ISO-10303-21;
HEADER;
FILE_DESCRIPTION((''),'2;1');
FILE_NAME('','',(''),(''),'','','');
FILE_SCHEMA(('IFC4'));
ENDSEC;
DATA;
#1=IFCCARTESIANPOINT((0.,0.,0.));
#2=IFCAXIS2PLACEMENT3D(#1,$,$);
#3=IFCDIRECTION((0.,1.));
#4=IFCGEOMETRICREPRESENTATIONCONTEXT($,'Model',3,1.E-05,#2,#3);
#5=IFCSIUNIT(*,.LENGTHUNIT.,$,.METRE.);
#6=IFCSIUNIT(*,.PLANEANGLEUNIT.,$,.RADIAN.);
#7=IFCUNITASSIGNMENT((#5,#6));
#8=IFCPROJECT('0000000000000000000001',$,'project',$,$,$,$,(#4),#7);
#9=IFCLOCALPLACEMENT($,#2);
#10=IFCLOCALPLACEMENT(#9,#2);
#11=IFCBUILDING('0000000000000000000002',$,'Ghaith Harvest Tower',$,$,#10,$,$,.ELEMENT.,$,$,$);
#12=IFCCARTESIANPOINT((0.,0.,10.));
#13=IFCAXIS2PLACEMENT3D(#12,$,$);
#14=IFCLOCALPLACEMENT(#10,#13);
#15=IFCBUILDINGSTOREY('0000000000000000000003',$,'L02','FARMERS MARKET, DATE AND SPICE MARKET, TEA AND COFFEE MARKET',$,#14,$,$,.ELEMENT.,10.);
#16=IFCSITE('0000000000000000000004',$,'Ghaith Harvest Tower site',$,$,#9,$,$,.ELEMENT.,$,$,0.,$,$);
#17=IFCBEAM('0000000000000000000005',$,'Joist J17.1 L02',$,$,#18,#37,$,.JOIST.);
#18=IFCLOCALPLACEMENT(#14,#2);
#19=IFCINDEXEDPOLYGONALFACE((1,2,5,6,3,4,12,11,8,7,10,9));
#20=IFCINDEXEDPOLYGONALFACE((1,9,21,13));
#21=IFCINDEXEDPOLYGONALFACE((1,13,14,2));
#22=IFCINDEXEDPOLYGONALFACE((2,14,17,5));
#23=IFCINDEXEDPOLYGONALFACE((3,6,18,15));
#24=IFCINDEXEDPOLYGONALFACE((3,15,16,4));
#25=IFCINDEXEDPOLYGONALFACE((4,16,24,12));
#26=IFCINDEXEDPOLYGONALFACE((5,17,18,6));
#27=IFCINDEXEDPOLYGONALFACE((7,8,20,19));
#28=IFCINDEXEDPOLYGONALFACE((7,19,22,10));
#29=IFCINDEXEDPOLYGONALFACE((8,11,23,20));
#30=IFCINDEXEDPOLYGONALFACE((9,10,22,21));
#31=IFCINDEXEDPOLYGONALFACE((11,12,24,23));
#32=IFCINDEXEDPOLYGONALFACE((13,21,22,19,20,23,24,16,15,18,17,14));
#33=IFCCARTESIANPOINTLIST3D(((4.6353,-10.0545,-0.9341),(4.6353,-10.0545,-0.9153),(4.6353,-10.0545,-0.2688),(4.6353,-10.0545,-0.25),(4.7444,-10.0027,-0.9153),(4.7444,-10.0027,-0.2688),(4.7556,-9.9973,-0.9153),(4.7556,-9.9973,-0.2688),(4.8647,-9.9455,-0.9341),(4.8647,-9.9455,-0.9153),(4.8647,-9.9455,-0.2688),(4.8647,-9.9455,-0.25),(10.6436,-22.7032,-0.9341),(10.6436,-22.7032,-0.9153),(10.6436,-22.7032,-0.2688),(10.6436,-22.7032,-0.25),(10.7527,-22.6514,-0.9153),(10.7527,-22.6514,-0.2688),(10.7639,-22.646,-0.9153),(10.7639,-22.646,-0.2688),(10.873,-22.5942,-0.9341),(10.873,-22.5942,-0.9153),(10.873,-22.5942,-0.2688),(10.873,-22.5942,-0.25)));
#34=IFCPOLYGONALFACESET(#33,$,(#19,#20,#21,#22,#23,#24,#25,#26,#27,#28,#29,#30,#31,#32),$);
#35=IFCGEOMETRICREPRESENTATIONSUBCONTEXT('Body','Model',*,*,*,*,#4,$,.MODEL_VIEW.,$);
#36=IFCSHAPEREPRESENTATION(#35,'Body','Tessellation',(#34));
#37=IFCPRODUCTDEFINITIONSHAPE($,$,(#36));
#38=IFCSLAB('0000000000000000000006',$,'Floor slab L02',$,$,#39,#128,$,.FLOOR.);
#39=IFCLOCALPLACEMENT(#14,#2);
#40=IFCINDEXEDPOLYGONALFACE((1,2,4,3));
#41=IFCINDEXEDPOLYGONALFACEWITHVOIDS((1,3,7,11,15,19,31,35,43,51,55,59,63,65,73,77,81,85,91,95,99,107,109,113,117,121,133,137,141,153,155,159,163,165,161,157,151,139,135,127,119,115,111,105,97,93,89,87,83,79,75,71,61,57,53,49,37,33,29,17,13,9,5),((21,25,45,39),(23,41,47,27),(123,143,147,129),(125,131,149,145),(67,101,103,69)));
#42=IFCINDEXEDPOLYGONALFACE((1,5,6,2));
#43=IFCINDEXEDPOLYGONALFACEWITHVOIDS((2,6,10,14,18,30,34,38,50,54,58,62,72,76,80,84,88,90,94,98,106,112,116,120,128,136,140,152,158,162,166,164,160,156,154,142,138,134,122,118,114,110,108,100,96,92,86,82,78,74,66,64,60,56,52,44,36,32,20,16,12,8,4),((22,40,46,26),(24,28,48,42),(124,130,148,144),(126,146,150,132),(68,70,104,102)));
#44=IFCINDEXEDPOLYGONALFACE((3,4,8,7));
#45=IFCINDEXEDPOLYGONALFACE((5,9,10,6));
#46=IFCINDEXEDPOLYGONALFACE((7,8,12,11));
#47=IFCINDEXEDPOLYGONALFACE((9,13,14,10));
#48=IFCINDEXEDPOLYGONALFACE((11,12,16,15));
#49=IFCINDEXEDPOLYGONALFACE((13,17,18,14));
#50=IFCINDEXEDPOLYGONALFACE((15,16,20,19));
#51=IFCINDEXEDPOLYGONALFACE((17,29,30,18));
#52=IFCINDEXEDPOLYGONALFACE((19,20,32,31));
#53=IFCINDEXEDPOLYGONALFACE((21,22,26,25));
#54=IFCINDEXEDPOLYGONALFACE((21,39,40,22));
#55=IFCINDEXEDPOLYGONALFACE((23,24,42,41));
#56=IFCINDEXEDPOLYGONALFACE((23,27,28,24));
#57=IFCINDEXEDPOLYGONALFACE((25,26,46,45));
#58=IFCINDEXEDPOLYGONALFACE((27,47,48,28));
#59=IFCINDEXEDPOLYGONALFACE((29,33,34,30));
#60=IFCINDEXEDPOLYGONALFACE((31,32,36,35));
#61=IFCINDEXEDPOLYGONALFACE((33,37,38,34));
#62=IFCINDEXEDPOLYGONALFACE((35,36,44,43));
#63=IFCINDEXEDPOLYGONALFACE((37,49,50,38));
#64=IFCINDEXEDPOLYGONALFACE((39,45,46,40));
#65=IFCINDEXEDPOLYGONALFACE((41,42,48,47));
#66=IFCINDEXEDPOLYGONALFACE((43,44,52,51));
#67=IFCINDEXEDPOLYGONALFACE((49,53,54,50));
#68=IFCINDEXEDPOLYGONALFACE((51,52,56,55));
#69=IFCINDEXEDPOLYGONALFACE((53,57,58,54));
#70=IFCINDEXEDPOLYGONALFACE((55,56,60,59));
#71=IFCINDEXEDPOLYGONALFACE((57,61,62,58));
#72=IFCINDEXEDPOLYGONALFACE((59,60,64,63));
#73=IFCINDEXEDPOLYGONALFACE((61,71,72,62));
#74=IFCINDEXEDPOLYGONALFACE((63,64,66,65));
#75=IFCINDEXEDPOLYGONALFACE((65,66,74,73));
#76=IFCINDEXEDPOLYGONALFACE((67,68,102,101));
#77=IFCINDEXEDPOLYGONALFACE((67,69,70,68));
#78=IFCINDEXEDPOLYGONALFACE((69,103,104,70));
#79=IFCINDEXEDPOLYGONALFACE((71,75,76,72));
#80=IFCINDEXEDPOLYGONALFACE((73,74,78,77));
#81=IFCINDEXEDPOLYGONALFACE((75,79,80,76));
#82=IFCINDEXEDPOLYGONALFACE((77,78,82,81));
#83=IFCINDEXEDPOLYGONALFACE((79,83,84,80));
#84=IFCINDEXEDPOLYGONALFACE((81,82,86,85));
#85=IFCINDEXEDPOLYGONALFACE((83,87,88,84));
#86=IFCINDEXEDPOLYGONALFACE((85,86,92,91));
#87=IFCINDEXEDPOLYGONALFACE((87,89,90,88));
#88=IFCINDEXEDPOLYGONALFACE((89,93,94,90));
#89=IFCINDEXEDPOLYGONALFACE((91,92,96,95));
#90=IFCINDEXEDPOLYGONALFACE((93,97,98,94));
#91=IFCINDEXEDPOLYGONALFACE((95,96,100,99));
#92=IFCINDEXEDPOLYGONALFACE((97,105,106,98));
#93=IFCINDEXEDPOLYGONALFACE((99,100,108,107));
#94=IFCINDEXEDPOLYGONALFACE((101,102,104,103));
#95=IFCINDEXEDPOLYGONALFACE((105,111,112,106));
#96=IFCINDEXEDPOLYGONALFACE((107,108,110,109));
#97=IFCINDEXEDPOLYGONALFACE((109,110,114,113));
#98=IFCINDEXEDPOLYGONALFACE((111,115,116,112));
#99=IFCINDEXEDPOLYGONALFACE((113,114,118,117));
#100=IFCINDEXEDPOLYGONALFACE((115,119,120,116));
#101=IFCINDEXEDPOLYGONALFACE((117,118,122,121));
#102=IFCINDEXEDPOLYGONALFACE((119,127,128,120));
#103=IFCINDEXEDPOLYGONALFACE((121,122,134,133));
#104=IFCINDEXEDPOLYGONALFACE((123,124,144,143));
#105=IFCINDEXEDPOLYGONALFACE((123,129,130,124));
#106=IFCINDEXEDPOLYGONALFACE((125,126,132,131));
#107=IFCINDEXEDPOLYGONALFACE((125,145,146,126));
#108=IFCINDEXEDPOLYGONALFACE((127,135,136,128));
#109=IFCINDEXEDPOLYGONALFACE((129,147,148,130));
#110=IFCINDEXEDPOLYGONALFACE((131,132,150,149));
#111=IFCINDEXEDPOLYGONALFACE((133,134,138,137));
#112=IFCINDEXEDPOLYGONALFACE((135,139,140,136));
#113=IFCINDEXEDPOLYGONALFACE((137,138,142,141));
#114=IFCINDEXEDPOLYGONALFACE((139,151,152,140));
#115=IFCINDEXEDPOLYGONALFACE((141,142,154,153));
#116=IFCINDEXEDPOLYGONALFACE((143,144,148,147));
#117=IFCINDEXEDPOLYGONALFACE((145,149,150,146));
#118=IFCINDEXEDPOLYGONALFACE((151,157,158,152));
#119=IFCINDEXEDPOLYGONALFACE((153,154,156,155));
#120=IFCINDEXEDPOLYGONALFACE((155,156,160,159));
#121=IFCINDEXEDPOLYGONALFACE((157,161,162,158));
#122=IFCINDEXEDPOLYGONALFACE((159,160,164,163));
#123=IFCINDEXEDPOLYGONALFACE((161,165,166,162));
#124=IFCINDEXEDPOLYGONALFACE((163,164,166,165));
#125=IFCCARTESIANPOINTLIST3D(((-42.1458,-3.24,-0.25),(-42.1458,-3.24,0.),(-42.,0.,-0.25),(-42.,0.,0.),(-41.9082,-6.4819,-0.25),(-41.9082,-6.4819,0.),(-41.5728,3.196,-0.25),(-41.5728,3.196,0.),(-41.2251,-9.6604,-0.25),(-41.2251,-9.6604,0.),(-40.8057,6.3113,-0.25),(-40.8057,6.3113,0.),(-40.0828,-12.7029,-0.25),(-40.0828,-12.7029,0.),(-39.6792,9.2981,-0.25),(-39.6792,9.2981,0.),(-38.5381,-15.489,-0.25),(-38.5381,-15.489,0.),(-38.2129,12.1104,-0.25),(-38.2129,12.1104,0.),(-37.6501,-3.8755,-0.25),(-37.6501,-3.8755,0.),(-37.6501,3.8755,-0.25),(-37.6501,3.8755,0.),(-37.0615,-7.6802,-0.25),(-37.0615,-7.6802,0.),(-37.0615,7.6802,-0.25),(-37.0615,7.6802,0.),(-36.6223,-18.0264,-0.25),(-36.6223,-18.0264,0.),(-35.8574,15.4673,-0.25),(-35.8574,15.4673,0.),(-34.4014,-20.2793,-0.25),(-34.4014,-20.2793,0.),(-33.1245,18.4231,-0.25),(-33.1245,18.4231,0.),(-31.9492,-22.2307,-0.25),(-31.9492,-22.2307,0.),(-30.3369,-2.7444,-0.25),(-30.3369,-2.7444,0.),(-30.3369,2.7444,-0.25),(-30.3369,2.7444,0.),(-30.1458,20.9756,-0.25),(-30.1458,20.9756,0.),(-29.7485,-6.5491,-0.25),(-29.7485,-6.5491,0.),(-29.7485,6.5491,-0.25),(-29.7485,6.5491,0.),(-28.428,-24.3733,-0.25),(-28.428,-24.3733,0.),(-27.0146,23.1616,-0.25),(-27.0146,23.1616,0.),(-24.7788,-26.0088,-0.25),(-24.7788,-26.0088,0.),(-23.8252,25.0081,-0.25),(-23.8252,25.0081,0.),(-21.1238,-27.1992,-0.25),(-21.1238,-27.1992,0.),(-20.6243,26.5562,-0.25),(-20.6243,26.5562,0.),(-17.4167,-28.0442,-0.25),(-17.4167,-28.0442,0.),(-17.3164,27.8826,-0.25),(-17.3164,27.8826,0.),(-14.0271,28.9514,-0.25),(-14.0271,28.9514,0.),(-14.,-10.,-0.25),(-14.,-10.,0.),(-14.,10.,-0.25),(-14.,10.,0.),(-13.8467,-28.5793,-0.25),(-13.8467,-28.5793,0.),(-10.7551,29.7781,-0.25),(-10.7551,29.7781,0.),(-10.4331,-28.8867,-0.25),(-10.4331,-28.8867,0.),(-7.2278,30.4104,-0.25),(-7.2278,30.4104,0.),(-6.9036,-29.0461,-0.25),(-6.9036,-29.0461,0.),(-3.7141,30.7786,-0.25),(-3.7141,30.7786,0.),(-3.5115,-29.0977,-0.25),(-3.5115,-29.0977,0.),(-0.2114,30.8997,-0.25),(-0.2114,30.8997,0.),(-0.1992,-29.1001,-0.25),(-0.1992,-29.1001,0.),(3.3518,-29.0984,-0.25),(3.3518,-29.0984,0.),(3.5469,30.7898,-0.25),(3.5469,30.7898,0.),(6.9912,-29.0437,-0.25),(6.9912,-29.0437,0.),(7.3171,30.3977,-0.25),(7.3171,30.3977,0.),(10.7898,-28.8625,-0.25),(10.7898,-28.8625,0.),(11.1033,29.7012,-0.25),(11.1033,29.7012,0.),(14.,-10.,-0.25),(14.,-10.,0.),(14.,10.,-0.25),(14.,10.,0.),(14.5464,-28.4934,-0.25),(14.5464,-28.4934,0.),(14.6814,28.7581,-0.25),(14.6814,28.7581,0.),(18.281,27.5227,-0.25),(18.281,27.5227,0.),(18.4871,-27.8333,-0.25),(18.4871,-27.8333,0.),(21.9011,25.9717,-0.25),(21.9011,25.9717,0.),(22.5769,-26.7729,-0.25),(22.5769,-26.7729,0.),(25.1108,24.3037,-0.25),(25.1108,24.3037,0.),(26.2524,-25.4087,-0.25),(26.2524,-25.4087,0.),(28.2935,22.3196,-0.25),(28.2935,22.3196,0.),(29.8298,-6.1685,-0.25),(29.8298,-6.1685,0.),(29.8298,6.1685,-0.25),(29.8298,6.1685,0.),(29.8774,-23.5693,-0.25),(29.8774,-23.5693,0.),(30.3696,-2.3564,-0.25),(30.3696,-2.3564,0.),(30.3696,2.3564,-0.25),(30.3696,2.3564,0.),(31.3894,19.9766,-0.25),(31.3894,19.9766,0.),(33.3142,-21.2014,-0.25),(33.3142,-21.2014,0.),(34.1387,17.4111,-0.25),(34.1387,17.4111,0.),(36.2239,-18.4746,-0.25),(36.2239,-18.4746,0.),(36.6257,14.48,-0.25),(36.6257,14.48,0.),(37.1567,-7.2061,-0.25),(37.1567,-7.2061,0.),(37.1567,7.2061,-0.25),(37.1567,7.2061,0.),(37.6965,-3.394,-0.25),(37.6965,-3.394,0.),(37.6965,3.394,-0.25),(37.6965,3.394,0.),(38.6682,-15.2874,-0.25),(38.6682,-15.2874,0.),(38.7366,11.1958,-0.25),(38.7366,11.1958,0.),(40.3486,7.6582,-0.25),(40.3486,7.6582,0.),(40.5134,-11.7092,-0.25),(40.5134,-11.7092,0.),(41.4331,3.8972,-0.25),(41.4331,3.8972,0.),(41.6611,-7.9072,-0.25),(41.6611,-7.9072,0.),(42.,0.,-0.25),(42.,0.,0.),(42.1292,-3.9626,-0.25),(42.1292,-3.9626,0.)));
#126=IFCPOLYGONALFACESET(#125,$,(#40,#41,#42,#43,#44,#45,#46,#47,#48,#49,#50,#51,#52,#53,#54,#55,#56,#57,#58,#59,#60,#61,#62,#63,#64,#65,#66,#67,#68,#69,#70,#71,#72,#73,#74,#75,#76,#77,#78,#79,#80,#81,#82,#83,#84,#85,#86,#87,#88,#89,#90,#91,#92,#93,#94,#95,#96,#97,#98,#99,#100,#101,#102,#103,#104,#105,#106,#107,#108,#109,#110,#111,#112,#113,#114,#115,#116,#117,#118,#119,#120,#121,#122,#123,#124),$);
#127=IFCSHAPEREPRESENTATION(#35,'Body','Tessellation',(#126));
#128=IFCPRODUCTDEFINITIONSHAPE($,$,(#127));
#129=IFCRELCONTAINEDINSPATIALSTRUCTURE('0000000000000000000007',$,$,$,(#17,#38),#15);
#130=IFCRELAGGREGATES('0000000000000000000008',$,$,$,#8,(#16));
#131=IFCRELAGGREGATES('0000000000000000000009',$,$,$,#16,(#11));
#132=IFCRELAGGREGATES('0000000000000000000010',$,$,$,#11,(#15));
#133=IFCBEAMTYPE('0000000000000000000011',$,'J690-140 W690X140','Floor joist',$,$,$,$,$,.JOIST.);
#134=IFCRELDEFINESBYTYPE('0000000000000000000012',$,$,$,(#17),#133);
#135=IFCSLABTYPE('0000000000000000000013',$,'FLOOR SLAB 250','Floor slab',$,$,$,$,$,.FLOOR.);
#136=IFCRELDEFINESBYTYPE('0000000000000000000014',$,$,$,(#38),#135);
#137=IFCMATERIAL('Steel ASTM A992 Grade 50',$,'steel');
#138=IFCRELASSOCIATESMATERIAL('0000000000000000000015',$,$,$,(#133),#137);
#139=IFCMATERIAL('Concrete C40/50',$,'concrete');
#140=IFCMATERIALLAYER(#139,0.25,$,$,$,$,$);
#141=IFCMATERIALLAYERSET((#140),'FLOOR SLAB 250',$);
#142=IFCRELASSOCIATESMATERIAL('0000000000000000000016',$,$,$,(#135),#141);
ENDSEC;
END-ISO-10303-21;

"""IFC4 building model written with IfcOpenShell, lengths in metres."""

from ifc_helpers import new_model, si_unit, direction, frame, origin, origin_2d, place, context, subcontext, project, spatial, polyline, i_section, outline, extrude, material, layer, layer_set, material_profile, profile_set, type_object, element, save


model = new_model("IFC4")

# Units and contexts
model_context = context("Model", 3, precision=1e-05, world=origin(), true_north=direction((0.0, 1.0)))
body_context = subcontext(model_context, "Body", "Model", "MODEL_VIEW")
ifc_project = project(units=[si_unit("LENGTHUNIT", "METRE"), si_unit("PLANEANGLEUNIT", "RADIAN")], contexts=[model_context])

# Site, building, storey
site_placement = place(None, origin())
site = spatial("IfcSite", under=ifc_project, at=site_placement, Name="Ghaith Harvest Tower site", CompositionType="ELEMENT", RefElevation=0.0)
building_placement = place(site_placement, origin())
building = spatial("IfcBuilding", under=site, at=building_placement, Name="Ghaith Harvest Tower", CompositionType="ELEMENT")
storey_placement = place(building_placement, frame((0.0, 0.0, 10.0)))
storey = spatial("IfcBuildingStorey", under=building, at=storey_placement, Name="L02", Description="FARMERS MARKET, DATE AND SPICE MARKET, TEA AND COFFEE MARKET", CompositionType="ELEMENT", Elevation=10.0)

# Beam
ifc_material_1 = material(Name="Steel ASTM A992 Grade 50", Category="steel")
ifc_material_profile = material_profile(ifc_material_1, i_section(OverallWidth=0.2539, OverallDepth=0.6841, WebThickness=0.0125, FlangeThickness=0.0188, at=origin_2d()), Name="W690X140")
ifc_profile_set = profile_set([ifc_material_profile], Name="Steel ASTM A992 Grade 50")
beam_type = type_object("IfcBeamType", Name="J690-140 W690X140", Description="Floor joist", PredefinedType="JOIST", material=ifc_profile_set)
beam_placement = place(storey_placement, frame((4.75, -10.0, -0.592), z_axis=(0.429067, -0.903273, 0.0), x_axis=(0.903273, 0.429067, 0.0)))
element("IfcBeam", 1, at=beam_placement, inside=storey, type_object=beam_type, Name="Joist J17.1 L02", PredefinedType="JOIST", context=body_context, shape_type="SweptSolid", body=[
    extrude(i_section(OverallWidth=0.2539, OverallDepth=0.6841, WebThickness=0.0125, FlangeThickness=0.0188, at=origin_2d()), origin(), (0.0, 0.0, 1.0), 14.0032),
])

# Slab
ifc_material_2 = material(Name="Concrete C40/50", Category="concrete")
ifc_layer_1 = layer(ifc_material_2, 0.25)
ifc_layer_set_1 = layer_set([ifc_layer_1], Name="FLOOR SLAB 250")
slab_type_1 = type_object("IfcSlabType", Name="FLOOR SLAB 250", Description="Floor slab", PredefinedType="FLOOR", material=ifc_layer_set_1)
slab_1_placement = place(storey_placement, frame((0.0, 0.0, -0.25)))
element("IfcSlab", 2, at=slab_1_placement, inside=storey, type_object=slab_type_1, Name="Floor slab L02", PredefinedType="FLOOR", context=body_context, shape_type="SweptSolid", body=[
    extrude(outline(polyline([(42.0, 0.0), (41.4331, 3.8972), (40.3486, 7.6582), (38.7366, 11.1958), (36.6257, 14.48), (34.1387, 17.4111), (31.3894, 19.9766), (28.2935, 22.3196), (25.1108, 24.3037), (21.9011, 25.9717), (18.281, 27.5227), (14.6814, 28.7581), (11.1033, 29.7012), (7.3171, 30.3977), (3.5469, 30.7898), (-0.2114, 30.8997), (-3.7141, 30.7786), (-7.2278, 30.4104), (-10.7551, 29.7781), (-14.0271, 28.9514), (-17.3164, 27.8826), (-20.6243, 26.5562), (-23.8252, 25.0081), (-27.0146, 23.1616), (-30.1458, 20.9756), (-33.1245, 18.4231), (-35.8574, 15.4673), (-38.2129, 12.1104), (-39.6792, 9.2981), (-40.8057, 6.3113), (-41.5728, 3.196), (-42.0, 0.0), (-42.1458, -3.24), (-41.9082, -6.4819), (-41.2251, -9.6604), (-40.0828, -12.7029), (-38.5381, -15.489), (-36.6223, -18.0264), (-34.4014, -20.2793), (-31.9492, -22.2307), (-28.428, -24.3733), (-24.7788, -26.0088), (-21.1238, -27.1992), (-17.4167, -28.0442), (-13.8467, -28.5793), (-10.4331, -28.8867), (-6.9036, -29.0461), (-3.5115, -29.0977), (-0.1992, -29.1001), (3.3518, -29.0984), (6.9912, -29.0437), (10.7898, -28.8625), (14.5464, -28.4934), (18.4871, -27.8333), (22.5769, -26.7729), (26.2524, -25.4087), (29.8774, -23.5693), (33.3142, -21.2014), (36.2239, -18.4746), (38.6682, -15.2874), (40.5134, -11.7092), (41.6611, -7.9072), (42.1292, -3.9626), (42.0, 0.0)]), holes=[polyline([(-14.0, -10.0), (14.0, -10.0), (14.0, 10.0), (-14.0, 10.0), (-14.0, -10.0)]), polyline([(30.3696, 2.3564), (37.6965, 3.394), (37.1567, 7.2061), (29.8298, 6.1685), (30.3696, 2.3564)]), polyline([(-29.7485, 6.5491), (-37.0615, 7.6802), (-37.6501, 3.8755), (-30.3369, 2.7444), (-29.7485, 6.5491)]), polyline([(-30.3369, -2.7444), (-37.6501, -3.8755), (-37.0615, -7.6802), (-29.7485, -6.5491), (-30.3369, -2.7444)]), polyline([(29.8298, -6.1685), (37.1567, -7.2061), (37.6965, -3.394), (30.3696, -2.3564), (29.8298, -6.1685)])]), origin(), (0.0, 0.0, 1.0), 0.25),
])

save(model, "model.ifc")
